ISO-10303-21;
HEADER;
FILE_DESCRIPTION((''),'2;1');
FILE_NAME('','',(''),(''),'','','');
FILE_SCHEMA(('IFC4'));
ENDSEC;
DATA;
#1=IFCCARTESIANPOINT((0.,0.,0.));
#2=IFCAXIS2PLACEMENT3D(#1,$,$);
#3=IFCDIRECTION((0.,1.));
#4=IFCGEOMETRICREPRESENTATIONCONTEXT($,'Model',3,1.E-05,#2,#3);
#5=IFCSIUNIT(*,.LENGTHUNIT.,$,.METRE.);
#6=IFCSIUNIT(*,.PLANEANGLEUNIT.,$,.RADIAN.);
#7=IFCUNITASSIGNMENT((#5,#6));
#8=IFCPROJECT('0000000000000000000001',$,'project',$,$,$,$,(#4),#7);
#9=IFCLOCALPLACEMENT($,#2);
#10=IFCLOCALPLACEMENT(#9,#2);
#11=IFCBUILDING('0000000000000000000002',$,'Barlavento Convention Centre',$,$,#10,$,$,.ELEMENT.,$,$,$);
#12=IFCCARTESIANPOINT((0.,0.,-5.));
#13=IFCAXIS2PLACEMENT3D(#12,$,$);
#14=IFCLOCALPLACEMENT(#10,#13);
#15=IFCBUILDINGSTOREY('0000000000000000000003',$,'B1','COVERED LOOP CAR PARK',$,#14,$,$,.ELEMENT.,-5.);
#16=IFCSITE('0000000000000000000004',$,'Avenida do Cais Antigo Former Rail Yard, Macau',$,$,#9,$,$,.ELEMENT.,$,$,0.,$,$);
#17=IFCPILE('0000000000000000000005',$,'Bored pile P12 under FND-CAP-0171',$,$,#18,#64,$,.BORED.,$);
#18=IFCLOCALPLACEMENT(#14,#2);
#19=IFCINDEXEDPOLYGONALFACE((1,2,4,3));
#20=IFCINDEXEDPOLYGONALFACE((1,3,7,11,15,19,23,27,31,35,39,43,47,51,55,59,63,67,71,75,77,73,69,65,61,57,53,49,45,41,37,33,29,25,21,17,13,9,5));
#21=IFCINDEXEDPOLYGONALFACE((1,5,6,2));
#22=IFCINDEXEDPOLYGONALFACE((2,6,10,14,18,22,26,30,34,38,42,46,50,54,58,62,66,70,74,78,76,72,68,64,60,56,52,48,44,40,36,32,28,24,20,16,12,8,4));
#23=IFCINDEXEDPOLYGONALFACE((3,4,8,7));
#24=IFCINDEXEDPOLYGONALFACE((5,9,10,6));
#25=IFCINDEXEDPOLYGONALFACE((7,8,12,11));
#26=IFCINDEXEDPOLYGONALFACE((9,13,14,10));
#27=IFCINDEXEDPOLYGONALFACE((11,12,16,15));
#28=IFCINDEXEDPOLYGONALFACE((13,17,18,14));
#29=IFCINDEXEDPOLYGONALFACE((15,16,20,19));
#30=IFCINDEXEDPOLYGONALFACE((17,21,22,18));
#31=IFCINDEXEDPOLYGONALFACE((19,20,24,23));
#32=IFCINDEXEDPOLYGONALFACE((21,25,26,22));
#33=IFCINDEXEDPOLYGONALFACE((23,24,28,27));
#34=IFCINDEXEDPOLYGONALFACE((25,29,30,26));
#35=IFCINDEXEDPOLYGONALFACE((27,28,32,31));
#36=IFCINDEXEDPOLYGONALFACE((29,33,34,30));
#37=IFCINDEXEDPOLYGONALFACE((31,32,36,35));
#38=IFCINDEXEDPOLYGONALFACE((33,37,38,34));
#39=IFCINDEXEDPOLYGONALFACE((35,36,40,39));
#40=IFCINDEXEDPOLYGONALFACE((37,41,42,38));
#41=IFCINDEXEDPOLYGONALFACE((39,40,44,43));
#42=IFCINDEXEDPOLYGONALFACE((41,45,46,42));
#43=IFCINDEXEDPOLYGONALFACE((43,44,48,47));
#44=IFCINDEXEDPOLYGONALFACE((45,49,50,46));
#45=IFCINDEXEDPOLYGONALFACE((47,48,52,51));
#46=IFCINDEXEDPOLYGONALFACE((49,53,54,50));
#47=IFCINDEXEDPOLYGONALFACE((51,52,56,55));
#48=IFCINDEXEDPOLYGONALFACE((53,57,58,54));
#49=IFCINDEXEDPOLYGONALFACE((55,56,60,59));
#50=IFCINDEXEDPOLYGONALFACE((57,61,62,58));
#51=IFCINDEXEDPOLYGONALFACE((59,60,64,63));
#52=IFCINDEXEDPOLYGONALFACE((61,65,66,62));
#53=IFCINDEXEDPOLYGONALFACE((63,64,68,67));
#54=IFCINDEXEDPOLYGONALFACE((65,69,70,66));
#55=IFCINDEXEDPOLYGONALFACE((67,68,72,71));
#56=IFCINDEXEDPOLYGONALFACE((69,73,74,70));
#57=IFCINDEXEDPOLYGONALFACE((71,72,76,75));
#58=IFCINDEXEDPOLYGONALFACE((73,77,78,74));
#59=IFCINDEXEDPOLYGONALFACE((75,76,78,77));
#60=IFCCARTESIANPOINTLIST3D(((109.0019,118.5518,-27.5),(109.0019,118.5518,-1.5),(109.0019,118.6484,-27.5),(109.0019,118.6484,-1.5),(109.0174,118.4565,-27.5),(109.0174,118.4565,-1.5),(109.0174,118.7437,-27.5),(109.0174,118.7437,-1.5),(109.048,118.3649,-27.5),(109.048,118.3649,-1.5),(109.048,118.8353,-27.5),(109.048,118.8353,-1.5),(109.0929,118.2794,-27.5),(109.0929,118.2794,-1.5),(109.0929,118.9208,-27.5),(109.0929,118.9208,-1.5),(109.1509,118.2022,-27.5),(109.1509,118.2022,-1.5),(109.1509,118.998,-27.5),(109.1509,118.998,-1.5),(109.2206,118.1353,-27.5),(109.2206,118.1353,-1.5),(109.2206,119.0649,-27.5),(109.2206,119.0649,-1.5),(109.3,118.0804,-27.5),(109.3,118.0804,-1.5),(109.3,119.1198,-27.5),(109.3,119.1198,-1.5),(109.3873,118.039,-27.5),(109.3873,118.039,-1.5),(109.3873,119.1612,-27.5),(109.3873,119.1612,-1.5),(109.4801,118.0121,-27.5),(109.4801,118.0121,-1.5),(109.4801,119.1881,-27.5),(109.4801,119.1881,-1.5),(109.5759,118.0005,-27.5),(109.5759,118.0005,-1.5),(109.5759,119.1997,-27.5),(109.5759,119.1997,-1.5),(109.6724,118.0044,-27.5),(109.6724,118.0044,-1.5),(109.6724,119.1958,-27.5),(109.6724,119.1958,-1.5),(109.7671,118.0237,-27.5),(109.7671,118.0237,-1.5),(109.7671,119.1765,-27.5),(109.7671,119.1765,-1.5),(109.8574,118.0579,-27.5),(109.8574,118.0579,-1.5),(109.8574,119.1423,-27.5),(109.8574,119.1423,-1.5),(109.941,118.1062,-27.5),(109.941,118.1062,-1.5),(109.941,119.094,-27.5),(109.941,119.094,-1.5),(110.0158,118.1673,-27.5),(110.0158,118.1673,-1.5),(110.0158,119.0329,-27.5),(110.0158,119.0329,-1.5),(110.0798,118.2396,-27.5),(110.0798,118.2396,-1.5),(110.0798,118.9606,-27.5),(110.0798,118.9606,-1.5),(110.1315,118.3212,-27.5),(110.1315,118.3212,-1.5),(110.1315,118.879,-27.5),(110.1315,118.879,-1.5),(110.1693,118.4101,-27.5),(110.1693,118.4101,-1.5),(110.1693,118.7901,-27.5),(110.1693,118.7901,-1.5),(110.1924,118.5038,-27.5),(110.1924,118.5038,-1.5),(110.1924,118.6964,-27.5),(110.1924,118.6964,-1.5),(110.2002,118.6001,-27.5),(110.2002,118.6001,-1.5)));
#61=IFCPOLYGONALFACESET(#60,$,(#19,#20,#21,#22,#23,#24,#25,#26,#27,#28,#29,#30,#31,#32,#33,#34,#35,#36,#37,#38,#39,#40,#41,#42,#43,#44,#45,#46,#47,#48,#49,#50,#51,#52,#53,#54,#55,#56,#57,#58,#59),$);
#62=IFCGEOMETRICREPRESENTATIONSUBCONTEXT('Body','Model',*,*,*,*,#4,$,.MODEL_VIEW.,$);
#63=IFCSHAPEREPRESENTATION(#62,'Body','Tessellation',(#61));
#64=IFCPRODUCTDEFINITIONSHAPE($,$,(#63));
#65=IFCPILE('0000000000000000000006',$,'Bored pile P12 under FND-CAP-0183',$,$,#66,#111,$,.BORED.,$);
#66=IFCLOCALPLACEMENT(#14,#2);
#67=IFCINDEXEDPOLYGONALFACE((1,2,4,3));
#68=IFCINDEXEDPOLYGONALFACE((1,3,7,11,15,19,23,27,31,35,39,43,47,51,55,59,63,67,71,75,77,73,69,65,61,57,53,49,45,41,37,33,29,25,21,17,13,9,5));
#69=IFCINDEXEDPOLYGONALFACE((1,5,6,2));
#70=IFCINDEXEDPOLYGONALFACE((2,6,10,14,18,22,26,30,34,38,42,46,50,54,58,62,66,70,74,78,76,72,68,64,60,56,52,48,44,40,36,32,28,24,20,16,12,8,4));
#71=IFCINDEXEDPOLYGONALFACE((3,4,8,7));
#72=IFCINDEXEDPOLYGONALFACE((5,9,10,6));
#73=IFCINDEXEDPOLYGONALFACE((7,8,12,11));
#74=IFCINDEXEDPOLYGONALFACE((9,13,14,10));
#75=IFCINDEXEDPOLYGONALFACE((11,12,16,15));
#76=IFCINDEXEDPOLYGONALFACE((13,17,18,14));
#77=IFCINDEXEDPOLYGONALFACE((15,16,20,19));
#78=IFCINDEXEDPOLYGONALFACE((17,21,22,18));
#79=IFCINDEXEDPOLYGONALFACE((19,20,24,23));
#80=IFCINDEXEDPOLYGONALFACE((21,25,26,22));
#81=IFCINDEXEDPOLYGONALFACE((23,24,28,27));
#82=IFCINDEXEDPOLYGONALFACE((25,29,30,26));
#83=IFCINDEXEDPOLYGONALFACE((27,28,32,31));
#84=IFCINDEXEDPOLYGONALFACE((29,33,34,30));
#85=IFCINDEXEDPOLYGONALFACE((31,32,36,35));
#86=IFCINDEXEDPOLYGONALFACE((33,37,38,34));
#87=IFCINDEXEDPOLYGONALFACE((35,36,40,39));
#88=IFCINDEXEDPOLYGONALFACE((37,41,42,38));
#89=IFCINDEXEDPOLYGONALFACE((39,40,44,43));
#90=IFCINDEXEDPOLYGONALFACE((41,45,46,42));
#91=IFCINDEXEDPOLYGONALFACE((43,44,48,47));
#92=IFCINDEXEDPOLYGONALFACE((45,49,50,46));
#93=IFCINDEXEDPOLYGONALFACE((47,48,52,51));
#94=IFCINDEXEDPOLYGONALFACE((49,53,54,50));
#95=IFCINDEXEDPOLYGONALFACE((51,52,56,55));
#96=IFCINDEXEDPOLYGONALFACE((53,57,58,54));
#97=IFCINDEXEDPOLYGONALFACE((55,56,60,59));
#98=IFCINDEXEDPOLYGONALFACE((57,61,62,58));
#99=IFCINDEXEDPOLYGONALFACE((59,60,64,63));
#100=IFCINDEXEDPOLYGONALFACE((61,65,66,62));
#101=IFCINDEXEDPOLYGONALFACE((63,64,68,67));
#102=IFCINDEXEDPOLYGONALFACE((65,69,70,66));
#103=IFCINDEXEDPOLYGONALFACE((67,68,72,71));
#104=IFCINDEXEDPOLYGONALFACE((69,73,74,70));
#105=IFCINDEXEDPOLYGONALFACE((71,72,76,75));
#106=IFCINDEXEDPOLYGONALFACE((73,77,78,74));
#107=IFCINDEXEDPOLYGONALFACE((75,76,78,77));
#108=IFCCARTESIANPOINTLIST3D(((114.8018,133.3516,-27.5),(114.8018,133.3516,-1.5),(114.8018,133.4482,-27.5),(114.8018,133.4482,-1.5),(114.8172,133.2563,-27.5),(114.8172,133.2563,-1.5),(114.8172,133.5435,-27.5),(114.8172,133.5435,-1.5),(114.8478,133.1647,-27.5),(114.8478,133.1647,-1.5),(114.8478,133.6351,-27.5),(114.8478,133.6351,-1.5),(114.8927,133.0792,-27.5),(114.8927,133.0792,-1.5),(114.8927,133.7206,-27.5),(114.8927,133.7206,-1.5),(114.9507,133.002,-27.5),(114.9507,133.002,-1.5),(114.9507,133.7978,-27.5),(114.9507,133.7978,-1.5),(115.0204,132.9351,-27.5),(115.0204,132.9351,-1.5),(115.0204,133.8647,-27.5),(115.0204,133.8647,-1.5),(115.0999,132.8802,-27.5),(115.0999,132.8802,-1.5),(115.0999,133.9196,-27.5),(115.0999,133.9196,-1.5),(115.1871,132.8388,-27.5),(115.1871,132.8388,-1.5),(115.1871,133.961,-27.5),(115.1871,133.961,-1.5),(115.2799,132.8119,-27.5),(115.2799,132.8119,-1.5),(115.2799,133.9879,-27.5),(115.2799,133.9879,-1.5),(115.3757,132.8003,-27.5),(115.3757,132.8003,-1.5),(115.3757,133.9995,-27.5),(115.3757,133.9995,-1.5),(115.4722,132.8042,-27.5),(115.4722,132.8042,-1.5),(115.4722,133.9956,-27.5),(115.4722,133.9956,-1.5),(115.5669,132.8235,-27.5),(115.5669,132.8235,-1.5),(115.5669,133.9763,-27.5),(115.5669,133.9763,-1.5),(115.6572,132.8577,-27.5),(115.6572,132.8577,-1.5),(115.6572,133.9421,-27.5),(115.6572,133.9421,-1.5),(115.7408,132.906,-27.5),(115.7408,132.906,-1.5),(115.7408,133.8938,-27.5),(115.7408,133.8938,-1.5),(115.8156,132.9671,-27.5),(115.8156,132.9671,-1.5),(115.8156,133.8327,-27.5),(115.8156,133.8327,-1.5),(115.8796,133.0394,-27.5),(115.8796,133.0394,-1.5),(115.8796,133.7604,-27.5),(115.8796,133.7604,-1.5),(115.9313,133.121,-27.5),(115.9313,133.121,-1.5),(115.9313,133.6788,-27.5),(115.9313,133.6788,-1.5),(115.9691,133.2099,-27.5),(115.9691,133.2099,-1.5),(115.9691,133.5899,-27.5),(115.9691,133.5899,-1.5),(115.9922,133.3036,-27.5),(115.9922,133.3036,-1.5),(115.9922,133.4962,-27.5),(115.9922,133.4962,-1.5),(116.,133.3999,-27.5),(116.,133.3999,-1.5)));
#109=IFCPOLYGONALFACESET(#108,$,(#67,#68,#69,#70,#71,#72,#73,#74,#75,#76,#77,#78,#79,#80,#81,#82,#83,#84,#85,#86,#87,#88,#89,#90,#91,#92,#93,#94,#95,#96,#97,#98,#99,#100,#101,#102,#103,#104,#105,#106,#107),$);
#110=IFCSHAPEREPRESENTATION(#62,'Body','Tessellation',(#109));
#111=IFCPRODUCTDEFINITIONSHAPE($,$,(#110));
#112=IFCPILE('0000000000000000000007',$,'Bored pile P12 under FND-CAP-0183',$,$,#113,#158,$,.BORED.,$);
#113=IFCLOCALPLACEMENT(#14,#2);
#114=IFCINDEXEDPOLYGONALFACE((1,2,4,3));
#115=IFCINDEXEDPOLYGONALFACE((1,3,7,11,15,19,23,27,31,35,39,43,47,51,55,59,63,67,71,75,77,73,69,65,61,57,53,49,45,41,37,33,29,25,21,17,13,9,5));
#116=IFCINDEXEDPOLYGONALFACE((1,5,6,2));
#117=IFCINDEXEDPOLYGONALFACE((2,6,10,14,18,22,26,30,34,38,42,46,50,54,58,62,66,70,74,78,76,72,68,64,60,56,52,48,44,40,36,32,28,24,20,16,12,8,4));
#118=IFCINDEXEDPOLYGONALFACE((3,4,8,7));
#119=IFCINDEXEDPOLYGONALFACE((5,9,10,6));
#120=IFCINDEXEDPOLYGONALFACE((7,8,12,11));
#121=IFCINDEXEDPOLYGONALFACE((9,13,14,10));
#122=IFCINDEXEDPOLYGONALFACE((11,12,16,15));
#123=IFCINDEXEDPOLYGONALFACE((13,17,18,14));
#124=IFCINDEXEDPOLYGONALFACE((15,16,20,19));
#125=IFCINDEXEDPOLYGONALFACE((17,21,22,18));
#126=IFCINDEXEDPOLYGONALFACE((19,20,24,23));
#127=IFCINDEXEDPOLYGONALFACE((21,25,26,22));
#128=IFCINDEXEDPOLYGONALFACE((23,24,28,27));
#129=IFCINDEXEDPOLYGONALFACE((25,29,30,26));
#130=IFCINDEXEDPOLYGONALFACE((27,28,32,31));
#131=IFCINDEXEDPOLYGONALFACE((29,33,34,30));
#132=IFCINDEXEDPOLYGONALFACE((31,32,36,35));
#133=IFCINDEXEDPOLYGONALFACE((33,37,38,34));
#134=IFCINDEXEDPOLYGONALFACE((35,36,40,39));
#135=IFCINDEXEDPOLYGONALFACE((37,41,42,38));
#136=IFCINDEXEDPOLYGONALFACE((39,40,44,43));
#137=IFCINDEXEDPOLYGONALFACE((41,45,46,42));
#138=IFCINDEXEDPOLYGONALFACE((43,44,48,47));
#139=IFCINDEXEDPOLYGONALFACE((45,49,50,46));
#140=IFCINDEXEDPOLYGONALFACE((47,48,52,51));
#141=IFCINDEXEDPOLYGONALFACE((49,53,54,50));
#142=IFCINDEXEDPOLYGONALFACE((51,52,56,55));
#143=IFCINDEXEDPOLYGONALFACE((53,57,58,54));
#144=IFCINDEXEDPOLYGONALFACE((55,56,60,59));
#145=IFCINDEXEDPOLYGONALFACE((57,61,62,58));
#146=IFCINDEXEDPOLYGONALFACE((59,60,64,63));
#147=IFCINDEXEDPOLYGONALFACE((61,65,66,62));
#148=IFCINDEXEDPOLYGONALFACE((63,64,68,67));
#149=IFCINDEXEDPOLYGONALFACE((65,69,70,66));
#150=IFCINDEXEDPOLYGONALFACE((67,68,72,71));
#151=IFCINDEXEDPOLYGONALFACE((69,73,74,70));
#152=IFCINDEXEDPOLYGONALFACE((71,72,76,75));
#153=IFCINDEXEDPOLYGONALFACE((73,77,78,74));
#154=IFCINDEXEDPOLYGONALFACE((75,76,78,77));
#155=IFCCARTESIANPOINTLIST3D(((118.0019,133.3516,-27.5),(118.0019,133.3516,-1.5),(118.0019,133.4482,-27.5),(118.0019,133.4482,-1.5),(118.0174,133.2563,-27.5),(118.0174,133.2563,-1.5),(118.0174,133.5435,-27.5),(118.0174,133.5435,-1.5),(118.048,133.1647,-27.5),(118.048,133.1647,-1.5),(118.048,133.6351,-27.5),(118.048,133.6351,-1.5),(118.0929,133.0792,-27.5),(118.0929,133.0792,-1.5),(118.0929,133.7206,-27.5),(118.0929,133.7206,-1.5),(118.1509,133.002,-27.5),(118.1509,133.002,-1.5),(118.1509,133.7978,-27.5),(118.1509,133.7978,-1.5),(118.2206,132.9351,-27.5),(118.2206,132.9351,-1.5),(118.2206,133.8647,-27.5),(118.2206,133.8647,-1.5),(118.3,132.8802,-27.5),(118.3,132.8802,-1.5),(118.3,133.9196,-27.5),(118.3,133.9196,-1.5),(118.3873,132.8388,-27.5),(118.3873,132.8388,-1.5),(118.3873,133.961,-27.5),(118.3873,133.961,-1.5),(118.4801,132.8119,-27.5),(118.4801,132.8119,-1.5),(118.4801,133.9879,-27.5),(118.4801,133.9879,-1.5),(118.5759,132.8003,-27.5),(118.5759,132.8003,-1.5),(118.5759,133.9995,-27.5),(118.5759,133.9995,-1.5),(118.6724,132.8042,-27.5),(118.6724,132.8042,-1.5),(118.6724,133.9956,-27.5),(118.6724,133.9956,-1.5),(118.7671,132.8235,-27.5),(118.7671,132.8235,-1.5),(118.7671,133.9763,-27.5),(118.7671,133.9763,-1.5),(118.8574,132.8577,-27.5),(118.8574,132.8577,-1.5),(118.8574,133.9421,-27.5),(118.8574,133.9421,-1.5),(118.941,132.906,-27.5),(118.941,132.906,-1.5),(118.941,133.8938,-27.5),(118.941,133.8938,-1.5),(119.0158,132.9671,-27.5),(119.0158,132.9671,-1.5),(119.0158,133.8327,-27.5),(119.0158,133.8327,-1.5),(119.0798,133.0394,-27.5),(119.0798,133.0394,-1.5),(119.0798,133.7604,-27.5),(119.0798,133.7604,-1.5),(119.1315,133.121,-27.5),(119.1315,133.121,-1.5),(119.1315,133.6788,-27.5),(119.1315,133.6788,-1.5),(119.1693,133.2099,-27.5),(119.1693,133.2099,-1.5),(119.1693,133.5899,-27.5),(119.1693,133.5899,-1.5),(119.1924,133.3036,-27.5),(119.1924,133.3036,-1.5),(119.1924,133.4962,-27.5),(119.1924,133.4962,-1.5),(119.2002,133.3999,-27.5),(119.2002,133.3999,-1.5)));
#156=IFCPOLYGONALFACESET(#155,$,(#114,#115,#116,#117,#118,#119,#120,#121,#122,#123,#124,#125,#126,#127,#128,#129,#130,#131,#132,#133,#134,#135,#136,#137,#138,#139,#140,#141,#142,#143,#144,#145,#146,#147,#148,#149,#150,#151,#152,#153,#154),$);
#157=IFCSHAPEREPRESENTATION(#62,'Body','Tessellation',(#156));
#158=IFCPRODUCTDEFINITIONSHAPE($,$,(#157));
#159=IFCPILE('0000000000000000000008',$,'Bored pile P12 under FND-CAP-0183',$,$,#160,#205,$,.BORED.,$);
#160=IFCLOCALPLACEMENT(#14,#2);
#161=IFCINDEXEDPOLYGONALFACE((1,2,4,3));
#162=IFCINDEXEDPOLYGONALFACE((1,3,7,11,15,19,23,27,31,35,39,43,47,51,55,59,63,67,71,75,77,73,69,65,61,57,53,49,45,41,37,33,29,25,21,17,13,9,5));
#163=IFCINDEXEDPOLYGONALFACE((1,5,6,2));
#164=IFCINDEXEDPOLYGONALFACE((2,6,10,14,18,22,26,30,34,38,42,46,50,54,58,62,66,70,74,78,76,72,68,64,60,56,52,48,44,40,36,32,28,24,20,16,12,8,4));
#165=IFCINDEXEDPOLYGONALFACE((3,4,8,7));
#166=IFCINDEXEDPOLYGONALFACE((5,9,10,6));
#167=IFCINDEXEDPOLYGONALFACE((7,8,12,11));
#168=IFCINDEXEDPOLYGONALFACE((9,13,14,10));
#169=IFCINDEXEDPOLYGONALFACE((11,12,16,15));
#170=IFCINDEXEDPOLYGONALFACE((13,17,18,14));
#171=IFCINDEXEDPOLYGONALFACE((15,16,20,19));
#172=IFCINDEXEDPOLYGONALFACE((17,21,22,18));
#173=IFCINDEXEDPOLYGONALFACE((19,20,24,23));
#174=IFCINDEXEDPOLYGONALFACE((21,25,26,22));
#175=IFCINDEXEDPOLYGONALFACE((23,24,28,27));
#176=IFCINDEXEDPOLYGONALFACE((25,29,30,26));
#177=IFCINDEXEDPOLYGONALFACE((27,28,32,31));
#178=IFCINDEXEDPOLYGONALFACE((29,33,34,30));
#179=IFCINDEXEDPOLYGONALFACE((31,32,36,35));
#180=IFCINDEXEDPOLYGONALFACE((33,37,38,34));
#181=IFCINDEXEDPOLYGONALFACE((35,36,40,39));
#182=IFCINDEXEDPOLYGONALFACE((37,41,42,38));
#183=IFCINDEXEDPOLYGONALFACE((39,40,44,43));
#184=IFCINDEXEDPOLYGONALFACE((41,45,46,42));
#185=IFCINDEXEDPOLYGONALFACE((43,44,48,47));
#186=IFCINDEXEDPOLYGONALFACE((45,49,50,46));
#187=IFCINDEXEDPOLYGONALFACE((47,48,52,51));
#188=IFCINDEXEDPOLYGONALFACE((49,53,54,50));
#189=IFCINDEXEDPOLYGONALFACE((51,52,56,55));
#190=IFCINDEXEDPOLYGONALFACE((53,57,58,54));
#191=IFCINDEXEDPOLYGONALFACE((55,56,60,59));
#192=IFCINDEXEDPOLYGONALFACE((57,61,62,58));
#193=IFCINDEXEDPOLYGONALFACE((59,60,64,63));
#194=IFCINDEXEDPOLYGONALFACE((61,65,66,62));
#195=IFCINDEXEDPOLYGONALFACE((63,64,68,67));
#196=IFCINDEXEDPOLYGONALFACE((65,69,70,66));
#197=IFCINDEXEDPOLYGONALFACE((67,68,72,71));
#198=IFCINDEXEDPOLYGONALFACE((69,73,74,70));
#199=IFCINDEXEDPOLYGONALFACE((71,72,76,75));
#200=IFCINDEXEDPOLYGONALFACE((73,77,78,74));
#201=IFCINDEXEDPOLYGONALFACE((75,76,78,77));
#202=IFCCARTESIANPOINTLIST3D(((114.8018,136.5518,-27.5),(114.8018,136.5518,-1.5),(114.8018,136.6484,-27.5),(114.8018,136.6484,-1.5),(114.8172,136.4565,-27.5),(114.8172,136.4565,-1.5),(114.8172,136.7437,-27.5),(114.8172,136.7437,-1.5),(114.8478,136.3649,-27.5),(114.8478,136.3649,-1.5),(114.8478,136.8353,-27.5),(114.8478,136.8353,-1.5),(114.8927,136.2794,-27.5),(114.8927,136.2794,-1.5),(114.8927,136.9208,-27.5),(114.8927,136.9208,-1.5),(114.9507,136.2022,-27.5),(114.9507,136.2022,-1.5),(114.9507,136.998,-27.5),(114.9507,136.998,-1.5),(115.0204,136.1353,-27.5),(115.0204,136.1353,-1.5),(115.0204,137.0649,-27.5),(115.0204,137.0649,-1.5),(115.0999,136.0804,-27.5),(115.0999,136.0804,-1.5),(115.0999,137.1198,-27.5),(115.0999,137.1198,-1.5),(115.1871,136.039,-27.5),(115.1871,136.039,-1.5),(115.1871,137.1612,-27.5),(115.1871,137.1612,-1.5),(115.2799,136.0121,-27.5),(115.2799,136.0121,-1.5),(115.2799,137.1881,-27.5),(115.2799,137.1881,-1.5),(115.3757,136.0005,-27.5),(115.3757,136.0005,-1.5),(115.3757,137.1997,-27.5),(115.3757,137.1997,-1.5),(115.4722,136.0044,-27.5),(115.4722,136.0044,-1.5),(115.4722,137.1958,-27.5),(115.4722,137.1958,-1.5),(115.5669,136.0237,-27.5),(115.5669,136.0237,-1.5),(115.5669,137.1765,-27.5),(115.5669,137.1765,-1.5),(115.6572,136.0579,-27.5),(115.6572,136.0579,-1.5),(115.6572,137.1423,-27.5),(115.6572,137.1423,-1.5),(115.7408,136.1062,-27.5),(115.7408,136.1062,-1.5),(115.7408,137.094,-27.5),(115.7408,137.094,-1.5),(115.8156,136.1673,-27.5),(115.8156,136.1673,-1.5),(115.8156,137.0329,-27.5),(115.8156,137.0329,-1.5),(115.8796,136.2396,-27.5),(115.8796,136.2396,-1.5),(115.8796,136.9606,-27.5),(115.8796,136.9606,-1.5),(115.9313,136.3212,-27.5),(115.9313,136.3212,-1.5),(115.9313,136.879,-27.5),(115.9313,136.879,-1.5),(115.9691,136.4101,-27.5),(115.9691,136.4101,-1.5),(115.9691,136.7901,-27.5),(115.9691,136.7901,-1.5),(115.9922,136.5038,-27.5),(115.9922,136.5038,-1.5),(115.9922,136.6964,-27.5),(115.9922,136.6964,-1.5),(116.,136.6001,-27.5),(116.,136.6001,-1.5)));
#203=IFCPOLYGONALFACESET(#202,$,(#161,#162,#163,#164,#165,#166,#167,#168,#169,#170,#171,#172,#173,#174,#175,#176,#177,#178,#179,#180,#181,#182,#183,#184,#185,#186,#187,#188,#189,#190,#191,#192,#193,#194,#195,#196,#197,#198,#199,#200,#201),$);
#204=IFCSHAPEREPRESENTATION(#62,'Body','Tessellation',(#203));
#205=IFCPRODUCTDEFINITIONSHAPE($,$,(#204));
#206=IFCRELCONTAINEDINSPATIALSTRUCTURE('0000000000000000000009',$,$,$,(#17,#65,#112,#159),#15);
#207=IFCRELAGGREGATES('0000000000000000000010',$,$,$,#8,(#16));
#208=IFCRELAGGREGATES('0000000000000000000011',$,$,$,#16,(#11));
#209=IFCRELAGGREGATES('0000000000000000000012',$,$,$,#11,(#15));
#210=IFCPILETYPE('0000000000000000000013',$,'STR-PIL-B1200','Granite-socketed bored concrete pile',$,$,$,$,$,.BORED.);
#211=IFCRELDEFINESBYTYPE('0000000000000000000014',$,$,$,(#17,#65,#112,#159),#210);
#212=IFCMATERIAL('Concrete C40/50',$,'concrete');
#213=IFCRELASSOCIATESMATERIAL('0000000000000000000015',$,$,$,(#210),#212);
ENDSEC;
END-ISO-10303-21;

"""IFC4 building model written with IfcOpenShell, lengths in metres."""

from ifc_helpers import new_model, si_unit, direction, frame, origin, origin_2d, place, context, subcontext, project, spatial, circle, extrude, material, material_profile, profile_set, type_object, element, save


model = new_model("IFC4")

# Units and contexts
model_context = context("Model", 3, precision=1e-05, world=origin(), true_north=direction((0.0, 1.0)))
body_context = subcontext(model_context, "Body", "Model", "MODEL_VIEW")
ifc_project = project(units=[si_unit("LENGTHUNIT", "METRE"), si_unit("PLANEANGLEUNIT", "RADIAN")], contexts=[model_context])

# Site, building, storey
site_placement = place(None, origin())
site = spatial("IfcSite", under=ifc_project, at=site_placement, Name="Avenida do Cais Antigo Former Rail Yard, Macau", CompositionType="ELEMENT", RefElevation=0.0)
building_placement = place(site_placement, origin())
building = spatial("IfcBuilding", under=site, at=building_placement, Name="Barlavento Convention Centre", CompositionType="ELEMENT")
storey_placement = place(building_placement, frame((0.0, 0.0, -5.0)))
storey = spatial("IfcBuildingStorey", under=building, at=storey_placement, Name="B1", Description="COVERED LOOP CAR PARK", CompositionType="ELEMENT", Elevation=-5.0)

# Shared definitions
ifc_material_1 = material(Name="Concrete C40/50", Category="concrete")

# Piles
ifc_material_profile_1 = material_profile(ifc_material_1, circle(Radius=0.6001, at=origin_2d()), Name="BORED PILE 1200")
ifc_profile_set_1 = profile_set([ifc_material_profile_1], Name="Concrete C40/50")
pile_type_1 = type_object("IfcPileType", Name="STR-PIL-B1200", Description="Granite-socketed bored concrete pile", PredefinedType="BORED", material=ifc_profile_set_1)
for number, where, z_axis, x_axis, name in (
    (1, (109.6001, 118.6001, -1.5), (0.0, 0.0, -1.0), (1.0, 0.0, 0.0), "Bored pile P12 under FND-CAP-0171"),
    (2, (115.3999, 133.3999, -1.5), (0.0, 0.0, -1.0), (1.0, 0.0, 0.0), "Bored pile P12 under FND-CAP-0183"),
    (3, (118.6001, 133.3999, -1.5), (0.0, 0.0, -1.0), (1.0, 0.0, 0.0), "Bored pile P12 under FND-CAP-0183"),
    (4, (115.3999, 136.6001, -1.5), (0.0, 0.0, -1.0), (1.0, 0.0, 0.0), "Bored pile P12 under FND-CAP-0183"),
):
    element("IfcPile", number, at=place(storey_placement, frame(where, z_axis=z_axis, x_axis=x_axis)), inside=storey, type_object=pile_type_1, Name=name, PredefinedType="BORED", context=body_context, shape_type="SweptSolid", body=[
        extrude(circle(Radius=0.6001, at=origin_2d()), origin(), (0.0, 0.0, 1.0), 26.0),
    ])

save(model, "model.ifc")
